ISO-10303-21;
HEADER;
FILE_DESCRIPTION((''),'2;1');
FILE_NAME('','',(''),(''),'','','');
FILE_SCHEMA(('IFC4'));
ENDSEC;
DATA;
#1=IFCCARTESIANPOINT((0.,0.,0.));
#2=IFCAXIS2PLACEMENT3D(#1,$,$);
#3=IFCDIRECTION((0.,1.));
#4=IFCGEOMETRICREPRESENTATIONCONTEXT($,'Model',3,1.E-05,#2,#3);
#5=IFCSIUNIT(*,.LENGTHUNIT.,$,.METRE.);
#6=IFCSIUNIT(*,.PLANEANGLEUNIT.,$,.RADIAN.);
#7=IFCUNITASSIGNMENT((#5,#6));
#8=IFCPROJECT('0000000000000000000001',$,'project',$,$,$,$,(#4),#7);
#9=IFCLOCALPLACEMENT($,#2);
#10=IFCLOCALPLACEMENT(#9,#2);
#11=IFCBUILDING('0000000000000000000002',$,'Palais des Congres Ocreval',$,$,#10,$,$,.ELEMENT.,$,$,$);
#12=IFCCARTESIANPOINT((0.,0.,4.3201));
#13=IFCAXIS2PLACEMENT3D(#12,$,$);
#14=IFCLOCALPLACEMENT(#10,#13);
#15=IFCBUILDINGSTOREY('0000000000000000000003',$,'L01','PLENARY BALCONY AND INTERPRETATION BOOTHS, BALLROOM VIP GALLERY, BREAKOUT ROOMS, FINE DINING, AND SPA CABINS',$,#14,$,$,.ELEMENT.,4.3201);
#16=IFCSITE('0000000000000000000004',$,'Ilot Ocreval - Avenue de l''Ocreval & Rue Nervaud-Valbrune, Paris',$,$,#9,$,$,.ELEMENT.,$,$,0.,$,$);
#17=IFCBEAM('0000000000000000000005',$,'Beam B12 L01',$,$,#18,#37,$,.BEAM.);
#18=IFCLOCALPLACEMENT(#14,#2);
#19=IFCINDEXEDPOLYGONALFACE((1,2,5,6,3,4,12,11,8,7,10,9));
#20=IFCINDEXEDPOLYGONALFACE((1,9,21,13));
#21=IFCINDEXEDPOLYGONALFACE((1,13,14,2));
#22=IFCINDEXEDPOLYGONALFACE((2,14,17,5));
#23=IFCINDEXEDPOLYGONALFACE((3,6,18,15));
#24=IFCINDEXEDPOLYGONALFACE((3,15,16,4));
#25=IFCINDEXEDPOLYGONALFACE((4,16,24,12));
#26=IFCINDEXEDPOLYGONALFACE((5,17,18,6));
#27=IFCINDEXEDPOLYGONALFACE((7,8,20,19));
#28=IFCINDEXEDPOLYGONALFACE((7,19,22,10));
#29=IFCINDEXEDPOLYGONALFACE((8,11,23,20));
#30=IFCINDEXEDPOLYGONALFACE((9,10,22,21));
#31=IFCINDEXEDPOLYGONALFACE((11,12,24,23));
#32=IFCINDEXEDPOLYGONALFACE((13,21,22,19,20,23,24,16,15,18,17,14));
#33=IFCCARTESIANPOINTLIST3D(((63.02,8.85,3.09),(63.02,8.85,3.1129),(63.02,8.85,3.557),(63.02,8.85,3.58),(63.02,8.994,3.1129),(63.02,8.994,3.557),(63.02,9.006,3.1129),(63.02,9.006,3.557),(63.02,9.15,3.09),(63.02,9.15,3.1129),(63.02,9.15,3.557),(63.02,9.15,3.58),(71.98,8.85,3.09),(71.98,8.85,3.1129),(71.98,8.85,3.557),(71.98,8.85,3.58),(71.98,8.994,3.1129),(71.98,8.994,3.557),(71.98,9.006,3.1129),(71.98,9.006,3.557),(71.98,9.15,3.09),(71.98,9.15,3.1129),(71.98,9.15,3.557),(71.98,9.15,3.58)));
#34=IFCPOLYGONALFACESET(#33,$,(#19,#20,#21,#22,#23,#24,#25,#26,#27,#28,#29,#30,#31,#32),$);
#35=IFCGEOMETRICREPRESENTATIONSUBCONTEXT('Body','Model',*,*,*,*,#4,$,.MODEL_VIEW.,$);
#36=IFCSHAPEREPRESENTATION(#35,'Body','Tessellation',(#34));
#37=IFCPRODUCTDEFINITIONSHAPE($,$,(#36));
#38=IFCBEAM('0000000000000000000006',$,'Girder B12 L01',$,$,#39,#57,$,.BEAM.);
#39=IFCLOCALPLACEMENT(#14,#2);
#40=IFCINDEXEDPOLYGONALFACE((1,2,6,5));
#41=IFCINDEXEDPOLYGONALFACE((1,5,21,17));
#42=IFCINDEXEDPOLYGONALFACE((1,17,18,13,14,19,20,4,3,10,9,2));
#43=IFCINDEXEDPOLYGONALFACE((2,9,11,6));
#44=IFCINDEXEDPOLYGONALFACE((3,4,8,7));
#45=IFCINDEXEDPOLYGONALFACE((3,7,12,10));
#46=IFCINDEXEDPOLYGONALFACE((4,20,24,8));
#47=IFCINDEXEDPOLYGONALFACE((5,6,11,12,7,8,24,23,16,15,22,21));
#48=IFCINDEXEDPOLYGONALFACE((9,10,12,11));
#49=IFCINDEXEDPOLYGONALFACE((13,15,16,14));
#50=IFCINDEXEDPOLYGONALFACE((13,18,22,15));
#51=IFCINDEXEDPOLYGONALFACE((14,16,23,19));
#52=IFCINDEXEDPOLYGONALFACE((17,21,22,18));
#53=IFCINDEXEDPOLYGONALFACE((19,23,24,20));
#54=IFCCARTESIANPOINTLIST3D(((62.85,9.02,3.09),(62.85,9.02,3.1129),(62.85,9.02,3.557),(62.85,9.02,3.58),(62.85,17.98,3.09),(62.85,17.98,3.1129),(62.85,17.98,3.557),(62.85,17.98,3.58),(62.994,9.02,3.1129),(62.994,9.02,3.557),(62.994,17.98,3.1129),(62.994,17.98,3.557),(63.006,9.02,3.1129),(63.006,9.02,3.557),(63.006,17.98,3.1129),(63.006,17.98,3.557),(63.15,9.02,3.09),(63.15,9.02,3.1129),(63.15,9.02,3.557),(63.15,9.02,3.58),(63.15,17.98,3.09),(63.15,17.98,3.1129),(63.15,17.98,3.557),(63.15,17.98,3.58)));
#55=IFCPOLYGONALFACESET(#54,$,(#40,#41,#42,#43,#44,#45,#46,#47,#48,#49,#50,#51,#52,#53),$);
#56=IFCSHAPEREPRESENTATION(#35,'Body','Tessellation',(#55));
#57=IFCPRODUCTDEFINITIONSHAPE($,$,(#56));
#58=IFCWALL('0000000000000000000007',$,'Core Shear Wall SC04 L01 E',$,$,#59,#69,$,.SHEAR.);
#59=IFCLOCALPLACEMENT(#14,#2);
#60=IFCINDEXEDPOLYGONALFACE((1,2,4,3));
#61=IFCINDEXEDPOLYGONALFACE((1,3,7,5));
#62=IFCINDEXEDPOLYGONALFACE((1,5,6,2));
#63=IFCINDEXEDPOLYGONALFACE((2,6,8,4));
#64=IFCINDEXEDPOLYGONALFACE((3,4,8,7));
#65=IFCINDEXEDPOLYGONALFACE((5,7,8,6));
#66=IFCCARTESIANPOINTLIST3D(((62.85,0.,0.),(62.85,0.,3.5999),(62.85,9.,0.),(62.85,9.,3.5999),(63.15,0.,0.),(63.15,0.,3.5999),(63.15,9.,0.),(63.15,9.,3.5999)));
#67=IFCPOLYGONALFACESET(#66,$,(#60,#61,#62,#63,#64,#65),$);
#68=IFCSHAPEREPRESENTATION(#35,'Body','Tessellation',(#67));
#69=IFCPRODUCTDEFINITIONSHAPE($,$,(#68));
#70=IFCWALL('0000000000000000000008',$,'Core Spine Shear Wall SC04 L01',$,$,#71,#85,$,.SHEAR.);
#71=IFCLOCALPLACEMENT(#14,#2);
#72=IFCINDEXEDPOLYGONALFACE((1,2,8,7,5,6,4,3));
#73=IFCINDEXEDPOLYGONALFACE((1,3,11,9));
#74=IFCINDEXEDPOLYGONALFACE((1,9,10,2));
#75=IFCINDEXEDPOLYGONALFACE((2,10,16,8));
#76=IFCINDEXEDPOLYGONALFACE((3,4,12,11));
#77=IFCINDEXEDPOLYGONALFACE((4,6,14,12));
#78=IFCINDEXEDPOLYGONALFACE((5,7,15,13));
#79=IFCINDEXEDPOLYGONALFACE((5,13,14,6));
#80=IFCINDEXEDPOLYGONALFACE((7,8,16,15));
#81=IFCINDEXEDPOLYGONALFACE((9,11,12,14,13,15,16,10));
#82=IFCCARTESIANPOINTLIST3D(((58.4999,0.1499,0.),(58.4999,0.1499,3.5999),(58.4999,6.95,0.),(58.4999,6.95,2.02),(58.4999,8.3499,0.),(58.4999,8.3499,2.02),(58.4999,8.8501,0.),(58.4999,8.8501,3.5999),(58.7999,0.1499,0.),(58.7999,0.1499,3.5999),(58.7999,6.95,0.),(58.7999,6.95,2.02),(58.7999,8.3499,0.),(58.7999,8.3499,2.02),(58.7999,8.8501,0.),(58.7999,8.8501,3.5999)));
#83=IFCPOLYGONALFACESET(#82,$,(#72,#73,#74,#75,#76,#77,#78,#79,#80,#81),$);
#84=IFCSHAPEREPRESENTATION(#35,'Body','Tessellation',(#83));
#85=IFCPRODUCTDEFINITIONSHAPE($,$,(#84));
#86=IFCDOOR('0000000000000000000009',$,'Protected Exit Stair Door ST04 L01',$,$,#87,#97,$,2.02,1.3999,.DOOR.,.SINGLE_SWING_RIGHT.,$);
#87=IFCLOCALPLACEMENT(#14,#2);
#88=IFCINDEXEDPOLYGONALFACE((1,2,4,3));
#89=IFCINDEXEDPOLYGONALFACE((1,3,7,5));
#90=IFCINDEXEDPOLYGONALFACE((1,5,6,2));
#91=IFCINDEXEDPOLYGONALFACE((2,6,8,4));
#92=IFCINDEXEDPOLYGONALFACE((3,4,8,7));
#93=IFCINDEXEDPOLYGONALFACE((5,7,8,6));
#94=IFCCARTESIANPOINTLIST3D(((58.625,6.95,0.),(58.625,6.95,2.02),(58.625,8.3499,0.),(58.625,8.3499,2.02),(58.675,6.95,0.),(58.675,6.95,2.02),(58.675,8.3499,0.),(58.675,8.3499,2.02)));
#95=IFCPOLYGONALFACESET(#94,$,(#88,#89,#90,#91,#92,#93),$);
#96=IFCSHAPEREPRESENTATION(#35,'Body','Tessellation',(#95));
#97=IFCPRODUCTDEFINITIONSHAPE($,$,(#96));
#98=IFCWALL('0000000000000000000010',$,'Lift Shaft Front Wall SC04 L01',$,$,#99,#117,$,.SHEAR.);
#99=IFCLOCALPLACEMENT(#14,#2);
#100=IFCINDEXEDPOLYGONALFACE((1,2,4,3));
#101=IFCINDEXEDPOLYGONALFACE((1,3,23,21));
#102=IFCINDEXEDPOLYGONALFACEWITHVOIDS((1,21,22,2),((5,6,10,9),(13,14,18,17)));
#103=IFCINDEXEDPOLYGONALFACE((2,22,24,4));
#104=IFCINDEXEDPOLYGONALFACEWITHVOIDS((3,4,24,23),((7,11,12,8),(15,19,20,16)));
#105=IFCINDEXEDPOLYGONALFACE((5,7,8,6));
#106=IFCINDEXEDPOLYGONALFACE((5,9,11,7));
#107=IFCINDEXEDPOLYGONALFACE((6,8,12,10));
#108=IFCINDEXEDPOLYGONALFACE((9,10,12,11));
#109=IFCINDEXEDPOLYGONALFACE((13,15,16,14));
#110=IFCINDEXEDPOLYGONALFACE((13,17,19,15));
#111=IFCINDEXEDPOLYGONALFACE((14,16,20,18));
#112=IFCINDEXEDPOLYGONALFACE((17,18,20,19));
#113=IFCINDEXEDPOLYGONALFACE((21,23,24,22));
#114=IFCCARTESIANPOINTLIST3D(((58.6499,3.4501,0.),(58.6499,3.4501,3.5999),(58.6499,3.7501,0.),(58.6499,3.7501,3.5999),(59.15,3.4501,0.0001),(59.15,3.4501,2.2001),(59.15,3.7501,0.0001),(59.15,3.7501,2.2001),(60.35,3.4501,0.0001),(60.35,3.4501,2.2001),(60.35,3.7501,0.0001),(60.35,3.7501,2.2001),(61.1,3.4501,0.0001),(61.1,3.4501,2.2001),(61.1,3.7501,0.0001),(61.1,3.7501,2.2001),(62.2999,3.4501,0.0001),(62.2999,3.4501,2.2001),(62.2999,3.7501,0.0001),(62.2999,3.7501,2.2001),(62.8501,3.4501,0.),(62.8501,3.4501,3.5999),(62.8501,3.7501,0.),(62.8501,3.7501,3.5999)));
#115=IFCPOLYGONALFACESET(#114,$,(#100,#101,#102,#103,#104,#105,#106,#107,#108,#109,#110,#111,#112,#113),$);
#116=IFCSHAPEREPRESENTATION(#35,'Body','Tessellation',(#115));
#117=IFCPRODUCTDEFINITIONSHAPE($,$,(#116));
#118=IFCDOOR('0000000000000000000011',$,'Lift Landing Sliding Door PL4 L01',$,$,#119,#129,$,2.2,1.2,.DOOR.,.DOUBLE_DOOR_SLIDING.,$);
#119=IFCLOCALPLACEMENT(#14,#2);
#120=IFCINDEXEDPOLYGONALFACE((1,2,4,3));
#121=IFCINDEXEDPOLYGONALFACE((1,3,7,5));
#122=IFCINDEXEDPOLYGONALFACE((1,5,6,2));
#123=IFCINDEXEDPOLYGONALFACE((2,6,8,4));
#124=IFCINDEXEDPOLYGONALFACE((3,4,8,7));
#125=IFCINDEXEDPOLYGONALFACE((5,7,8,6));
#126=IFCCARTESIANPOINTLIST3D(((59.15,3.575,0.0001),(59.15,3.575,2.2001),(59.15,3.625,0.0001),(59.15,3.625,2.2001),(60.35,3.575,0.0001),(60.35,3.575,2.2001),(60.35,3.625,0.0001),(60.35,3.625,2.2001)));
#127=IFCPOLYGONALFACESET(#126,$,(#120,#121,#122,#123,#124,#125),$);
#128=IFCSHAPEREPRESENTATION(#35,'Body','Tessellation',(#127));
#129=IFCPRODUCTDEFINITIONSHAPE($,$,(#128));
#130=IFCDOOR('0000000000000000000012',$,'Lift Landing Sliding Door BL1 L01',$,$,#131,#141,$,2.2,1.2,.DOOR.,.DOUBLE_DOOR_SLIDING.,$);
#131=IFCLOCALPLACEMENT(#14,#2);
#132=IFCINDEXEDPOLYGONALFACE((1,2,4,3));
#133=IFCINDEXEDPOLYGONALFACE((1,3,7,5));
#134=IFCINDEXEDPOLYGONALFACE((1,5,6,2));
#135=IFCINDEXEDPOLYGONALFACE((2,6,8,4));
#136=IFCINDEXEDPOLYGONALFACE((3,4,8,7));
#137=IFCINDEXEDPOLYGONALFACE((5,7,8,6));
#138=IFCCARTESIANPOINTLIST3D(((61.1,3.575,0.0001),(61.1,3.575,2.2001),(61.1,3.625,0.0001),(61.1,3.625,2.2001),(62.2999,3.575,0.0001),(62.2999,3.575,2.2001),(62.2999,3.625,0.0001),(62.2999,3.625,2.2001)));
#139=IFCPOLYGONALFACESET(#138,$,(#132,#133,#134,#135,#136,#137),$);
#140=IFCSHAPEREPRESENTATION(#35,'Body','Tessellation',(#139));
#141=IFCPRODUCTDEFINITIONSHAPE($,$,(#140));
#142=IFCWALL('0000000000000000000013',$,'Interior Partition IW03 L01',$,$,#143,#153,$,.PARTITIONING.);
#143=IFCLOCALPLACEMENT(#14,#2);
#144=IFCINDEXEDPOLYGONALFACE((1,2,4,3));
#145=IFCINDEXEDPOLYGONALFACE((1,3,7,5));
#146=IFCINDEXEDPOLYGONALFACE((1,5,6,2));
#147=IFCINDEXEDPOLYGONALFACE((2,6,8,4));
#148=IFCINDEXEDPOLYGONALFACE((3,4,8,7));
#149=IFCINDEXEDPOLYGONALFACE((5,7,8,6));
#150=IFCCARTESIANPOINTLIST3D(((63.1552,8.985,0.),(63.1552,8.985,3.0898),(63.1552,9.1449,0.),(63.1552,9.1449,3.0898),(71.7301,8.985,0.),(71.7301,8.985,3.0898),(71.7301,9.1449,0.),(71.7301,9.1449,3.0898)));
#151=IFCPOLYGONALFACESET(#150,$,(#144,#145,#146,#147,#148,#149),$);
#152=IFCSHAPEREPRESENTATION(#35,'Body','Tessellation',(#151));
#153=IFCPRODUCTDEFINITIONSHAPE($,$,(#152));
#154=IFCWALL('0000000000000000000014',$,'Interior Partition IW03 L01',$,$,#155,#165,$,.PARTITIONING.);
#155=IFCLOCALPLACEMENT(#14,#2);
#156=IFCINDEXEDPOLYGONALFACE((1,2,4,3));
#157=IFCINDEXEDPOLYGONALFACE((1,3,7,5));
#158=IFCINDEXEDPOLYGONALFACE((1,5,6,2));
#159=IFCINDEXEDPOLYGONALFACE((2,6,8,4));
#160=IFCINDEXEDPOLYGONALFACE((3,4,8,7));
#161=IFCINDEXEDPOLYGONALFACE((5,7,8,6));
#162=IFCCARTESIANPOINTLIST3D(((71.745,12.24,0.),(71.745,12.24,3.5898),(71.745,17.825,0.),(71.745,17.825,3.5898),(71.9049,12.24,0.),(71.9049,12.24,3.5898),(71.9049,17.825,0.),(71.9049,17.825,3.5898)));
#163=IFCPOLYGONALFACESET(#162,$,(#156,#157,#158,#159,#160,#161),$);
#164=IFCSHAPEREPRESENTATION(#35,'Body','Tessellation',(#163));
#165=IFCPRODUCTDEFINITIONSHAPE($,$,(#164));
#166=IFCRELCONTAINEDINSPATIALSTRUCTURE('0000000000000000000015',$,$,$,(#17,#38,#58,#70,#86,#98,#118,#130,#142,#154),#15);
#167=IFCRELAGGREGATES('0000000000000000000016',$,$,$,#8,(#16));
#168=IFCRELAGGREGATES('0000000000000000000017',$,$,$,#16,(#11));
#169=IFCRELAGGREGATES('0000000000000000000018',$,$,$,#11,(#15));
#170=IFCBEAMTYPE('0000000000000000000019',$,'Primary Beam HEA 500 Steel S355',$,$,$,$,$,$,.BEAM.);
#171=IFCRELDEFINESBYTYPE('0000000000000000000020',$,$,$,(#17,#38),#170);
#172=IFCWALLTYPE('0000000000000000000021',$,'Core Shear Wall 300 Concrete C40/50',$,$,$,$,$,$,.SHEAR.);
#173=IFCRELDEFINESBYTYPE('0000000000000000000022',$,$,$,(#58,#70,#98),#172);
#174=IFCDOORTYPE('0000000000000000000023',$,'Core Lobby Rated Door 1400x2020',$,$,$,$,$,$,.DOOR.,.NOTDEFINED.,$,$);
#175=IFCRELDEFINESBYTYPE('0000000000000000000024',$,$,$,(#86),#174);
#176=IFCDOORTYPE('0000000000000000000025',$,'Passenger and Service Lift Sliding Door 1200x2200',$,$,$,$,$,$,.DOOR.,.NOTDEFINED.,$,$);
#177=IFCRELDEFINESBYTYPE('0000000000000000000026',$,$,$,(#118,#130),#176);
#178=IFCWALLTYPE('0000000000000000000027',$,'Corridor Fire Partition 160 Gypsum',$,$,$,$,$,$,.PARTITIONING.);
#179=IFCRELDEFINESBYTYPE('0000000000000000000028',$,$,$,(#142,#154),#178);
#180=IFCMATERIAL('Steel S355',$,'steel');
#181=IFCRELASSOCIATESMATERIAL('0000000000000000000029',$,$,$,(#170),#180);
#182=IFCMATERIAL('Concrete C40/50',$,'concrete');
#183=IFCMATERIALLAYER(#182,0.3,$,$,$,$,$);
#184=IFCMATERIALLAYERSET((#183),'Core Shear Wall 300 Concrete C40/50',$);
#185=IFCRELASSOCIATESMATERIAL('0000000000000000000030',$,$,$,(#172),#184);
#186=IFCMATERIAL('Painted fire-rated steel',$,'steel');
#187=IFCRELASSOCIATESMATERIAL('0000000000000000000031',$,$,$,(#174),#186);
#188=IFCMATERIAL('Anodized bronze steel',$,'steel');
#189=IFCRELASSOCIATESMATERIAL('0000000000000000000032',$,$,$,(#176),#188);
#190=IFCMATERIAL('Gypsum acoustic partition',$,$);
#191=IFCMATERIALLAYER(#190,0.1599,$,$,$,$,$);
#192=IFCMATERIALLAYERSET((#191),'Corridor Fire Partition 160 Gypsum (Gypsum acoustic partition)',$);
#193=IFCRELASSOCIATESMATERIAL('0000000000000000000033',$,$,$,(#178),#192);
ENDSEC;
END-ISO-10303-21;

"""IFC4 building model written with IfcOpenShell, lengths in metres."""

from ifc_helpers import new_model, si_unit, direction, frame, frame_2d, origin, origin_2d, place, context, subcontext, project, spatial, rectangle, i_section, extrude, material, layer, layer_set, material_profile, profile_set, type_object, element, fill, save


model = new_model("IFC4")

# Units and contexts
model_context = context("Model", 3, precision=1e-05, world=origin(), true_north=direction((0.0, 1.0)))
body_context = subcontext(model_context, "Body", "Model", "MODEL_VIEW")
ifc_project = project(units=[si_unit("LENGTHUNIT", "METRE"), si_unit("PLANEANGLEUNIT", "RADIAN")], contexts=[model_context])

# Site, building, storey
site_placement = place(None, origin())
site = spatial("IfcSite", under=ifc_project, at=site_placement, Name="Ilot Ocreval - Avenue de l'Ocreval & Rue Nervaud-Valbrune, Paris", CompositionType="ELEMENT", RefElevation=0.0)
building_placement = place(site_placement, origin())
building = spatial("IfcBuilding", under=site, at=building_placement, Name="Palais des Congres Ocreval", CompositionType="ELEMENT")
storey_placement = place(building_placement, frame((0.0, 0.0, 4.3201)))
storey = spatial("IfcBuildingStorey", under=building, at=storey_placement, Name="L01", Description="PLENARY BALCONY AND INTERPRETATION BOOTHS, BALLROOM VIP GALLERY, BREAKOUT ROOMS, FINE DINING, AND SPA CABINS", CompositionType="ELEMENT", Elevation=4.3201)

# Shared definitions
ifc_material_1 = material(Name="Concrete C40/50", Category="concrete")

# Beams
ifc_material_2 = material(Name="Steel S355", Category="steel")
ifc_material_profile_1 = material_profile(ifc_material_2, i_section(OverallWidth=0.3, OverallDepth=0.49, WebThickness=0.012, FlangeThickness=0.0229, at=origin_2d()), Name="HEA 500")
ifc_profile_set_1 = profile_set([ifc_material_profile_1], Name="Steel S355")
beam_type_1 = type_object("IfcBeamType", Name="Primary Beam HEA 500 Steel S355", PredefinedType="BEAM", material=ifc_profile_set_1)
for number, where, z_axis, x_axis, name in (
    (1, (63.02, 9.0, 3.335), (1.0, 0.0, 0.0), (0.0, 1.0, 0.0), "Beam B12 L01"),
    (2, (63.0, 9.02, 3.335), (0.0, 1.0, 0.0), (-1.0, 0.0, 0.0), "Girder B12 L01"),
):
    element("IfcBeam", number, at=place(storey_placement, frame(where, z_axis=z_axis, x_axis=x_axis)), inside=storey, type_object=beam_type_1, Name=name, PredefinedType="BEAM", context=body_context, shape_type="SweptSolid", body=[
        extrude(i_section(OverallWidth=0.3, OverallDepth=0.49, WebThickness=0.012, FlangeThickness=0.0229, at=origin_2d()), origin(), (0.0, 0.0, 1.0), 8.96),
    ])

# Wall
ifc_layer_1 = layer(ifc_material_1, 0.3)
ifc_layer_set_1 = layer_set([ifc_layer_1], Name="Core Shear Wall 300 Concrete C40/50")
wall_type_1 = type_object("IfcWallType", Name="Core Shear Wall 300 Concrete C40/50", PredefinedType="SHEAR", material=ifc_layer_set_1)
wall_1_placement = place(storey_placement, frame((63.0, 0.0, 0.0), z_axis=(0.0, 0.0, 1.0), x_axis=(0.0, 1.0, 0.0)))
element("IfcWall", 3, at=wall_1_placement, inside=storey, type_object=wall_type_1, Name="Core Shear Wall SC04 L01 E", PredefinedType="SHEAR", context=body_context, shape_type="SweptSolid", body=[
    extrude(rectangle(XDim=9.0, YDim=0.3, at=frame_2d((4.5, 0.0))), origin(), (0.0, 0.0, 1.0), 3.5999),
])

# Wall, opening, door
wall_2_placement = place(storey_placement, frame((58.6499, 0.1499, 0.0), z_axis=(0.0, 0.0, 1.0), x_axis=(0.0, 1.0, 0.0)))
wall_2 = element("IfcWall", 4, at=wall_2_placement, inside=storey, type_object=wall_type_1, Name="Core Spine Shear Wall SC04 L01", PredefinedType="SHEAR", context=body_context, shape_type="SweptSolid", body=[
    extrude(rectangle(XDim=8.7002, YDim=0.3, at=frame_2d((4.3501, 0.0))), origin(), (0.0, 0.0, 1.0), 3.5999),
])
opening_1_placement = place(wall_2_placement, frame((6.8, 0.0, 0.0)))
opening_1 = element("IfcOpeningElement", 5, at=opening_1_placement, cuts=wall_2, PredefinedType="OPENING", context=body_context, shape_type="SweptSolid", body=[
    extrude(rectangle(XDim=1.3999, YDim=2.02, at=frame_2d((0.7, 1.01))), frame((0.0, 0.1599, 0.0), z_axis=(0.0, -1.0, 0.0), x_axis=(1.0, 0.0, 0.0)), (0.0, 0.0, 1.0), 0.3201),
])
ifc_material_3 = material(Name="Painted fire-rated steel", Category="steel")
door_type_1 = type_object("IfcDoorType", Name="Core Lobby Rated Door 1400x2020", OperationType="NOTDEFINED", PredefinedType="DOOR", material=ifc_material_3)
door_1_placement = place(opening_1_placement, origin())
door_1 = element("IfcDoor", 6, at=door_1_placement, inside=storey, type_object=door_type_1, Name="Protected Exit Stair Door ST04 L01", OperationType="SINGLE_SWING_RIGHT", OverallHeight=2.02, OverallWidth=1.3999, PredefinedType="DOOR", context=body_context, shape_type="SweptSolid", body=[
    extrude(rectangle(XDim=1.3999, YDim=2.02, at=frame_2d((0.7, 1.01))), frame((0.0, 0.0249, 0.0), z_axis=(0.0, -1.0, 0.0), x_axis=(1.0, 0.0, 0.0)), (0.0, 0.0, 1.0), 0.05),
])
fill(opening_1, door_1)

# Wall, openings, doors
wall_3_placement = place(storey_placement, frame((58.6499, 3.6001, 0.0), z_axis=(0.0, 0.0, 1.0), x_axis=(1.0, 0.0, 0.0)))
wall_3 = element("IfcWall", 7, at=wall_3_placement, inside=storey, type_object=wall_type_1, Name="Lift Shaft Front Wall SC04 L01", PredefinedType="SHEAR", context=body_context, shape_type="SweptSolid", body=[
    extrude(rectangle(XDim=4.2002, YDim=0.3, at=frame_2d((2.1001, 0.0))), origin(), (0.0, 0.0, 1.0), 3.5999),
])
opening_2_placement = place(wall_3_placement, frame((0.5, 0.0, 0.0)))
opening_2 = element("IfcOpeningElement", 8, at=opening_2_placement, cuts=wall_3, PredefinedType="OPENING", context=body_context, shape_type="SweptSolid", body=[
    extrude(rectangle(XDim=1.2, YDim=2.2, at=frame_2d((0.6001, 1.1001))), frame((0.0, 0.1599, 0.0), z_axis=(0.0, -1.0, 0.0), x_axis=(1.0, 0.0, 0.0)), (0.0, 0.0, 1.0), 0.3201),
])
opening_3_placement = place(wall_3_placement, frame((2.45, 0.0, 0.0)))
opening_3 = element("IfcOpeningElement", 9, at=opening_3_placement, cuts=wall_3, PredefinedType="OPENING", context=body_context, shape_type="SweptSolid", body=[
    extrude(rectangle(XDim=1.2, YDim=2.2, at=frame_2d((0.6001, 1.1001))), frame((0.0, 0.1599, 0.0), z_axis=(0.0, -1.0, 0.0), x_axis=(1.0, 0.0, 0.0)), (0.0, 0.0, 1.0), 0.3201),
])
ifc_material_4 = material(Name="Anodized bronze steel", Category="steel")
door_type_2 = type_object("IfcDoorType", Name="Passenger and Service Lift Sliding Door 1200x2200", OperationType="NOTDEFINED", PredefinedType="DOOR", material=ifc_material_4)
door_2_placement = place(opening_2_placement, origin())
door_2 = element("IfcDoor", 10, at=door_2_placement, inside=storey, type_object=door_type_2, Name="Lift Landing Sliding Door PL4 L01", OperationType="DOUBLE_DOOR_SLIDING", OverallHeight=2.2, OverallWidth=1.2, PredefinedType="DOOR", context=body_context, shape_type="SweptSolid", body=[
    extrude(rectangle(XDim=1.2, YDim=2.2, at=frame_2d((0.6001, 1.1001))), frame((0.0, 0.0249, 0.0), z_axis=(0.0, -1.0, 0.0), x_axis=(1.0, 0.0, 0.0)), (0.0, 0.0, 1.0), 0.05),
])
fill(opening_2, door_2)
door_3_placement = place(opening_3_placement, origin())
door_3 = element("IfcDoor", 11, at=door_3_placement, inside=storey, type_object=door_type_2, Name="Lift Landing Sliding Door BL1 L01", OperationType="DOUBLE_DOOR_SLIDING", OverallHeight=2.2, OverallWidth=1.2, PredefinedType="DOOR", context=body_context, shape_type="SweptSolid", body=[
    extrude(rectangle(XDim=1.2, YDim=2.2, at=frame_2d((0.6001, 1.1001))), frame((0.0, 0.0249, 0.0), z_axis=(0.0, -1.0, 0.0), x_axis=(1.0, 0.0, 0.0)), (0.0, 0.0, 1.0), 0.05),
])
fill(opening_3, door_3)

# Walls
ifc_material_5 = material(Name="Gypsum acoustic partition")
ifc_layer_2 = layer(ifc_material_5, 0.1599)
ifc_layer_set_2 = layer_set([ifc_layer_2], Name="Corridor Fire Partition 160 Gypsum (Gypsum acoustic partition)")
wall_type_2 = type_object("IfcWallType", Name="Corridor Fire Partition 160 Gypsum", PredefinedType="PARTITIONING", material=ifc_layer_set_2)
wall_4_placement = place(storey_placement, frame((63.155, 9.0649, 0.0), z_axis=(0.0, 0.0, 1.0), x_axis=(1.0, 0.0, 0.0)))
element("IfcWall", 12, at=wall_4_placement, inside=storey, type_object=wall_type_2, Name="Interior Partition IW03 L01", PredefinedType="PARTITIONING", context=body_context, shape_type="SweptSolid", body=[
    extrude(rectangle(XDim=8.575, YDim=0.1599, at=frame_2d((4.2876, 0.0))), origin(), (0.0, 0.0, 1.0), 3.0898),
])
wall_5_placement = place(storey_placement, frame((71.825, 12.24, 0.0), z_axis=(0.0, 0.0, 1.0), x_axis=(0.0, 1.0, 0.0)))
element("IfcWall", 13, at=wall_5_placement, inside=storey, type_object=wall_type_2, Name="Interior Partition IW03 L01", PredefinedType="PARTITIONING", context=body_context, shape_type="SweptSolid", body=[
    extrude(rectangle(XDim=5.585, YDim=0.1599, at=frame_2d((2.7925, 0.0))), origin(), (0.0, 0.0, 1.0), 3.5898),
])

save(model, "model.ifc")
